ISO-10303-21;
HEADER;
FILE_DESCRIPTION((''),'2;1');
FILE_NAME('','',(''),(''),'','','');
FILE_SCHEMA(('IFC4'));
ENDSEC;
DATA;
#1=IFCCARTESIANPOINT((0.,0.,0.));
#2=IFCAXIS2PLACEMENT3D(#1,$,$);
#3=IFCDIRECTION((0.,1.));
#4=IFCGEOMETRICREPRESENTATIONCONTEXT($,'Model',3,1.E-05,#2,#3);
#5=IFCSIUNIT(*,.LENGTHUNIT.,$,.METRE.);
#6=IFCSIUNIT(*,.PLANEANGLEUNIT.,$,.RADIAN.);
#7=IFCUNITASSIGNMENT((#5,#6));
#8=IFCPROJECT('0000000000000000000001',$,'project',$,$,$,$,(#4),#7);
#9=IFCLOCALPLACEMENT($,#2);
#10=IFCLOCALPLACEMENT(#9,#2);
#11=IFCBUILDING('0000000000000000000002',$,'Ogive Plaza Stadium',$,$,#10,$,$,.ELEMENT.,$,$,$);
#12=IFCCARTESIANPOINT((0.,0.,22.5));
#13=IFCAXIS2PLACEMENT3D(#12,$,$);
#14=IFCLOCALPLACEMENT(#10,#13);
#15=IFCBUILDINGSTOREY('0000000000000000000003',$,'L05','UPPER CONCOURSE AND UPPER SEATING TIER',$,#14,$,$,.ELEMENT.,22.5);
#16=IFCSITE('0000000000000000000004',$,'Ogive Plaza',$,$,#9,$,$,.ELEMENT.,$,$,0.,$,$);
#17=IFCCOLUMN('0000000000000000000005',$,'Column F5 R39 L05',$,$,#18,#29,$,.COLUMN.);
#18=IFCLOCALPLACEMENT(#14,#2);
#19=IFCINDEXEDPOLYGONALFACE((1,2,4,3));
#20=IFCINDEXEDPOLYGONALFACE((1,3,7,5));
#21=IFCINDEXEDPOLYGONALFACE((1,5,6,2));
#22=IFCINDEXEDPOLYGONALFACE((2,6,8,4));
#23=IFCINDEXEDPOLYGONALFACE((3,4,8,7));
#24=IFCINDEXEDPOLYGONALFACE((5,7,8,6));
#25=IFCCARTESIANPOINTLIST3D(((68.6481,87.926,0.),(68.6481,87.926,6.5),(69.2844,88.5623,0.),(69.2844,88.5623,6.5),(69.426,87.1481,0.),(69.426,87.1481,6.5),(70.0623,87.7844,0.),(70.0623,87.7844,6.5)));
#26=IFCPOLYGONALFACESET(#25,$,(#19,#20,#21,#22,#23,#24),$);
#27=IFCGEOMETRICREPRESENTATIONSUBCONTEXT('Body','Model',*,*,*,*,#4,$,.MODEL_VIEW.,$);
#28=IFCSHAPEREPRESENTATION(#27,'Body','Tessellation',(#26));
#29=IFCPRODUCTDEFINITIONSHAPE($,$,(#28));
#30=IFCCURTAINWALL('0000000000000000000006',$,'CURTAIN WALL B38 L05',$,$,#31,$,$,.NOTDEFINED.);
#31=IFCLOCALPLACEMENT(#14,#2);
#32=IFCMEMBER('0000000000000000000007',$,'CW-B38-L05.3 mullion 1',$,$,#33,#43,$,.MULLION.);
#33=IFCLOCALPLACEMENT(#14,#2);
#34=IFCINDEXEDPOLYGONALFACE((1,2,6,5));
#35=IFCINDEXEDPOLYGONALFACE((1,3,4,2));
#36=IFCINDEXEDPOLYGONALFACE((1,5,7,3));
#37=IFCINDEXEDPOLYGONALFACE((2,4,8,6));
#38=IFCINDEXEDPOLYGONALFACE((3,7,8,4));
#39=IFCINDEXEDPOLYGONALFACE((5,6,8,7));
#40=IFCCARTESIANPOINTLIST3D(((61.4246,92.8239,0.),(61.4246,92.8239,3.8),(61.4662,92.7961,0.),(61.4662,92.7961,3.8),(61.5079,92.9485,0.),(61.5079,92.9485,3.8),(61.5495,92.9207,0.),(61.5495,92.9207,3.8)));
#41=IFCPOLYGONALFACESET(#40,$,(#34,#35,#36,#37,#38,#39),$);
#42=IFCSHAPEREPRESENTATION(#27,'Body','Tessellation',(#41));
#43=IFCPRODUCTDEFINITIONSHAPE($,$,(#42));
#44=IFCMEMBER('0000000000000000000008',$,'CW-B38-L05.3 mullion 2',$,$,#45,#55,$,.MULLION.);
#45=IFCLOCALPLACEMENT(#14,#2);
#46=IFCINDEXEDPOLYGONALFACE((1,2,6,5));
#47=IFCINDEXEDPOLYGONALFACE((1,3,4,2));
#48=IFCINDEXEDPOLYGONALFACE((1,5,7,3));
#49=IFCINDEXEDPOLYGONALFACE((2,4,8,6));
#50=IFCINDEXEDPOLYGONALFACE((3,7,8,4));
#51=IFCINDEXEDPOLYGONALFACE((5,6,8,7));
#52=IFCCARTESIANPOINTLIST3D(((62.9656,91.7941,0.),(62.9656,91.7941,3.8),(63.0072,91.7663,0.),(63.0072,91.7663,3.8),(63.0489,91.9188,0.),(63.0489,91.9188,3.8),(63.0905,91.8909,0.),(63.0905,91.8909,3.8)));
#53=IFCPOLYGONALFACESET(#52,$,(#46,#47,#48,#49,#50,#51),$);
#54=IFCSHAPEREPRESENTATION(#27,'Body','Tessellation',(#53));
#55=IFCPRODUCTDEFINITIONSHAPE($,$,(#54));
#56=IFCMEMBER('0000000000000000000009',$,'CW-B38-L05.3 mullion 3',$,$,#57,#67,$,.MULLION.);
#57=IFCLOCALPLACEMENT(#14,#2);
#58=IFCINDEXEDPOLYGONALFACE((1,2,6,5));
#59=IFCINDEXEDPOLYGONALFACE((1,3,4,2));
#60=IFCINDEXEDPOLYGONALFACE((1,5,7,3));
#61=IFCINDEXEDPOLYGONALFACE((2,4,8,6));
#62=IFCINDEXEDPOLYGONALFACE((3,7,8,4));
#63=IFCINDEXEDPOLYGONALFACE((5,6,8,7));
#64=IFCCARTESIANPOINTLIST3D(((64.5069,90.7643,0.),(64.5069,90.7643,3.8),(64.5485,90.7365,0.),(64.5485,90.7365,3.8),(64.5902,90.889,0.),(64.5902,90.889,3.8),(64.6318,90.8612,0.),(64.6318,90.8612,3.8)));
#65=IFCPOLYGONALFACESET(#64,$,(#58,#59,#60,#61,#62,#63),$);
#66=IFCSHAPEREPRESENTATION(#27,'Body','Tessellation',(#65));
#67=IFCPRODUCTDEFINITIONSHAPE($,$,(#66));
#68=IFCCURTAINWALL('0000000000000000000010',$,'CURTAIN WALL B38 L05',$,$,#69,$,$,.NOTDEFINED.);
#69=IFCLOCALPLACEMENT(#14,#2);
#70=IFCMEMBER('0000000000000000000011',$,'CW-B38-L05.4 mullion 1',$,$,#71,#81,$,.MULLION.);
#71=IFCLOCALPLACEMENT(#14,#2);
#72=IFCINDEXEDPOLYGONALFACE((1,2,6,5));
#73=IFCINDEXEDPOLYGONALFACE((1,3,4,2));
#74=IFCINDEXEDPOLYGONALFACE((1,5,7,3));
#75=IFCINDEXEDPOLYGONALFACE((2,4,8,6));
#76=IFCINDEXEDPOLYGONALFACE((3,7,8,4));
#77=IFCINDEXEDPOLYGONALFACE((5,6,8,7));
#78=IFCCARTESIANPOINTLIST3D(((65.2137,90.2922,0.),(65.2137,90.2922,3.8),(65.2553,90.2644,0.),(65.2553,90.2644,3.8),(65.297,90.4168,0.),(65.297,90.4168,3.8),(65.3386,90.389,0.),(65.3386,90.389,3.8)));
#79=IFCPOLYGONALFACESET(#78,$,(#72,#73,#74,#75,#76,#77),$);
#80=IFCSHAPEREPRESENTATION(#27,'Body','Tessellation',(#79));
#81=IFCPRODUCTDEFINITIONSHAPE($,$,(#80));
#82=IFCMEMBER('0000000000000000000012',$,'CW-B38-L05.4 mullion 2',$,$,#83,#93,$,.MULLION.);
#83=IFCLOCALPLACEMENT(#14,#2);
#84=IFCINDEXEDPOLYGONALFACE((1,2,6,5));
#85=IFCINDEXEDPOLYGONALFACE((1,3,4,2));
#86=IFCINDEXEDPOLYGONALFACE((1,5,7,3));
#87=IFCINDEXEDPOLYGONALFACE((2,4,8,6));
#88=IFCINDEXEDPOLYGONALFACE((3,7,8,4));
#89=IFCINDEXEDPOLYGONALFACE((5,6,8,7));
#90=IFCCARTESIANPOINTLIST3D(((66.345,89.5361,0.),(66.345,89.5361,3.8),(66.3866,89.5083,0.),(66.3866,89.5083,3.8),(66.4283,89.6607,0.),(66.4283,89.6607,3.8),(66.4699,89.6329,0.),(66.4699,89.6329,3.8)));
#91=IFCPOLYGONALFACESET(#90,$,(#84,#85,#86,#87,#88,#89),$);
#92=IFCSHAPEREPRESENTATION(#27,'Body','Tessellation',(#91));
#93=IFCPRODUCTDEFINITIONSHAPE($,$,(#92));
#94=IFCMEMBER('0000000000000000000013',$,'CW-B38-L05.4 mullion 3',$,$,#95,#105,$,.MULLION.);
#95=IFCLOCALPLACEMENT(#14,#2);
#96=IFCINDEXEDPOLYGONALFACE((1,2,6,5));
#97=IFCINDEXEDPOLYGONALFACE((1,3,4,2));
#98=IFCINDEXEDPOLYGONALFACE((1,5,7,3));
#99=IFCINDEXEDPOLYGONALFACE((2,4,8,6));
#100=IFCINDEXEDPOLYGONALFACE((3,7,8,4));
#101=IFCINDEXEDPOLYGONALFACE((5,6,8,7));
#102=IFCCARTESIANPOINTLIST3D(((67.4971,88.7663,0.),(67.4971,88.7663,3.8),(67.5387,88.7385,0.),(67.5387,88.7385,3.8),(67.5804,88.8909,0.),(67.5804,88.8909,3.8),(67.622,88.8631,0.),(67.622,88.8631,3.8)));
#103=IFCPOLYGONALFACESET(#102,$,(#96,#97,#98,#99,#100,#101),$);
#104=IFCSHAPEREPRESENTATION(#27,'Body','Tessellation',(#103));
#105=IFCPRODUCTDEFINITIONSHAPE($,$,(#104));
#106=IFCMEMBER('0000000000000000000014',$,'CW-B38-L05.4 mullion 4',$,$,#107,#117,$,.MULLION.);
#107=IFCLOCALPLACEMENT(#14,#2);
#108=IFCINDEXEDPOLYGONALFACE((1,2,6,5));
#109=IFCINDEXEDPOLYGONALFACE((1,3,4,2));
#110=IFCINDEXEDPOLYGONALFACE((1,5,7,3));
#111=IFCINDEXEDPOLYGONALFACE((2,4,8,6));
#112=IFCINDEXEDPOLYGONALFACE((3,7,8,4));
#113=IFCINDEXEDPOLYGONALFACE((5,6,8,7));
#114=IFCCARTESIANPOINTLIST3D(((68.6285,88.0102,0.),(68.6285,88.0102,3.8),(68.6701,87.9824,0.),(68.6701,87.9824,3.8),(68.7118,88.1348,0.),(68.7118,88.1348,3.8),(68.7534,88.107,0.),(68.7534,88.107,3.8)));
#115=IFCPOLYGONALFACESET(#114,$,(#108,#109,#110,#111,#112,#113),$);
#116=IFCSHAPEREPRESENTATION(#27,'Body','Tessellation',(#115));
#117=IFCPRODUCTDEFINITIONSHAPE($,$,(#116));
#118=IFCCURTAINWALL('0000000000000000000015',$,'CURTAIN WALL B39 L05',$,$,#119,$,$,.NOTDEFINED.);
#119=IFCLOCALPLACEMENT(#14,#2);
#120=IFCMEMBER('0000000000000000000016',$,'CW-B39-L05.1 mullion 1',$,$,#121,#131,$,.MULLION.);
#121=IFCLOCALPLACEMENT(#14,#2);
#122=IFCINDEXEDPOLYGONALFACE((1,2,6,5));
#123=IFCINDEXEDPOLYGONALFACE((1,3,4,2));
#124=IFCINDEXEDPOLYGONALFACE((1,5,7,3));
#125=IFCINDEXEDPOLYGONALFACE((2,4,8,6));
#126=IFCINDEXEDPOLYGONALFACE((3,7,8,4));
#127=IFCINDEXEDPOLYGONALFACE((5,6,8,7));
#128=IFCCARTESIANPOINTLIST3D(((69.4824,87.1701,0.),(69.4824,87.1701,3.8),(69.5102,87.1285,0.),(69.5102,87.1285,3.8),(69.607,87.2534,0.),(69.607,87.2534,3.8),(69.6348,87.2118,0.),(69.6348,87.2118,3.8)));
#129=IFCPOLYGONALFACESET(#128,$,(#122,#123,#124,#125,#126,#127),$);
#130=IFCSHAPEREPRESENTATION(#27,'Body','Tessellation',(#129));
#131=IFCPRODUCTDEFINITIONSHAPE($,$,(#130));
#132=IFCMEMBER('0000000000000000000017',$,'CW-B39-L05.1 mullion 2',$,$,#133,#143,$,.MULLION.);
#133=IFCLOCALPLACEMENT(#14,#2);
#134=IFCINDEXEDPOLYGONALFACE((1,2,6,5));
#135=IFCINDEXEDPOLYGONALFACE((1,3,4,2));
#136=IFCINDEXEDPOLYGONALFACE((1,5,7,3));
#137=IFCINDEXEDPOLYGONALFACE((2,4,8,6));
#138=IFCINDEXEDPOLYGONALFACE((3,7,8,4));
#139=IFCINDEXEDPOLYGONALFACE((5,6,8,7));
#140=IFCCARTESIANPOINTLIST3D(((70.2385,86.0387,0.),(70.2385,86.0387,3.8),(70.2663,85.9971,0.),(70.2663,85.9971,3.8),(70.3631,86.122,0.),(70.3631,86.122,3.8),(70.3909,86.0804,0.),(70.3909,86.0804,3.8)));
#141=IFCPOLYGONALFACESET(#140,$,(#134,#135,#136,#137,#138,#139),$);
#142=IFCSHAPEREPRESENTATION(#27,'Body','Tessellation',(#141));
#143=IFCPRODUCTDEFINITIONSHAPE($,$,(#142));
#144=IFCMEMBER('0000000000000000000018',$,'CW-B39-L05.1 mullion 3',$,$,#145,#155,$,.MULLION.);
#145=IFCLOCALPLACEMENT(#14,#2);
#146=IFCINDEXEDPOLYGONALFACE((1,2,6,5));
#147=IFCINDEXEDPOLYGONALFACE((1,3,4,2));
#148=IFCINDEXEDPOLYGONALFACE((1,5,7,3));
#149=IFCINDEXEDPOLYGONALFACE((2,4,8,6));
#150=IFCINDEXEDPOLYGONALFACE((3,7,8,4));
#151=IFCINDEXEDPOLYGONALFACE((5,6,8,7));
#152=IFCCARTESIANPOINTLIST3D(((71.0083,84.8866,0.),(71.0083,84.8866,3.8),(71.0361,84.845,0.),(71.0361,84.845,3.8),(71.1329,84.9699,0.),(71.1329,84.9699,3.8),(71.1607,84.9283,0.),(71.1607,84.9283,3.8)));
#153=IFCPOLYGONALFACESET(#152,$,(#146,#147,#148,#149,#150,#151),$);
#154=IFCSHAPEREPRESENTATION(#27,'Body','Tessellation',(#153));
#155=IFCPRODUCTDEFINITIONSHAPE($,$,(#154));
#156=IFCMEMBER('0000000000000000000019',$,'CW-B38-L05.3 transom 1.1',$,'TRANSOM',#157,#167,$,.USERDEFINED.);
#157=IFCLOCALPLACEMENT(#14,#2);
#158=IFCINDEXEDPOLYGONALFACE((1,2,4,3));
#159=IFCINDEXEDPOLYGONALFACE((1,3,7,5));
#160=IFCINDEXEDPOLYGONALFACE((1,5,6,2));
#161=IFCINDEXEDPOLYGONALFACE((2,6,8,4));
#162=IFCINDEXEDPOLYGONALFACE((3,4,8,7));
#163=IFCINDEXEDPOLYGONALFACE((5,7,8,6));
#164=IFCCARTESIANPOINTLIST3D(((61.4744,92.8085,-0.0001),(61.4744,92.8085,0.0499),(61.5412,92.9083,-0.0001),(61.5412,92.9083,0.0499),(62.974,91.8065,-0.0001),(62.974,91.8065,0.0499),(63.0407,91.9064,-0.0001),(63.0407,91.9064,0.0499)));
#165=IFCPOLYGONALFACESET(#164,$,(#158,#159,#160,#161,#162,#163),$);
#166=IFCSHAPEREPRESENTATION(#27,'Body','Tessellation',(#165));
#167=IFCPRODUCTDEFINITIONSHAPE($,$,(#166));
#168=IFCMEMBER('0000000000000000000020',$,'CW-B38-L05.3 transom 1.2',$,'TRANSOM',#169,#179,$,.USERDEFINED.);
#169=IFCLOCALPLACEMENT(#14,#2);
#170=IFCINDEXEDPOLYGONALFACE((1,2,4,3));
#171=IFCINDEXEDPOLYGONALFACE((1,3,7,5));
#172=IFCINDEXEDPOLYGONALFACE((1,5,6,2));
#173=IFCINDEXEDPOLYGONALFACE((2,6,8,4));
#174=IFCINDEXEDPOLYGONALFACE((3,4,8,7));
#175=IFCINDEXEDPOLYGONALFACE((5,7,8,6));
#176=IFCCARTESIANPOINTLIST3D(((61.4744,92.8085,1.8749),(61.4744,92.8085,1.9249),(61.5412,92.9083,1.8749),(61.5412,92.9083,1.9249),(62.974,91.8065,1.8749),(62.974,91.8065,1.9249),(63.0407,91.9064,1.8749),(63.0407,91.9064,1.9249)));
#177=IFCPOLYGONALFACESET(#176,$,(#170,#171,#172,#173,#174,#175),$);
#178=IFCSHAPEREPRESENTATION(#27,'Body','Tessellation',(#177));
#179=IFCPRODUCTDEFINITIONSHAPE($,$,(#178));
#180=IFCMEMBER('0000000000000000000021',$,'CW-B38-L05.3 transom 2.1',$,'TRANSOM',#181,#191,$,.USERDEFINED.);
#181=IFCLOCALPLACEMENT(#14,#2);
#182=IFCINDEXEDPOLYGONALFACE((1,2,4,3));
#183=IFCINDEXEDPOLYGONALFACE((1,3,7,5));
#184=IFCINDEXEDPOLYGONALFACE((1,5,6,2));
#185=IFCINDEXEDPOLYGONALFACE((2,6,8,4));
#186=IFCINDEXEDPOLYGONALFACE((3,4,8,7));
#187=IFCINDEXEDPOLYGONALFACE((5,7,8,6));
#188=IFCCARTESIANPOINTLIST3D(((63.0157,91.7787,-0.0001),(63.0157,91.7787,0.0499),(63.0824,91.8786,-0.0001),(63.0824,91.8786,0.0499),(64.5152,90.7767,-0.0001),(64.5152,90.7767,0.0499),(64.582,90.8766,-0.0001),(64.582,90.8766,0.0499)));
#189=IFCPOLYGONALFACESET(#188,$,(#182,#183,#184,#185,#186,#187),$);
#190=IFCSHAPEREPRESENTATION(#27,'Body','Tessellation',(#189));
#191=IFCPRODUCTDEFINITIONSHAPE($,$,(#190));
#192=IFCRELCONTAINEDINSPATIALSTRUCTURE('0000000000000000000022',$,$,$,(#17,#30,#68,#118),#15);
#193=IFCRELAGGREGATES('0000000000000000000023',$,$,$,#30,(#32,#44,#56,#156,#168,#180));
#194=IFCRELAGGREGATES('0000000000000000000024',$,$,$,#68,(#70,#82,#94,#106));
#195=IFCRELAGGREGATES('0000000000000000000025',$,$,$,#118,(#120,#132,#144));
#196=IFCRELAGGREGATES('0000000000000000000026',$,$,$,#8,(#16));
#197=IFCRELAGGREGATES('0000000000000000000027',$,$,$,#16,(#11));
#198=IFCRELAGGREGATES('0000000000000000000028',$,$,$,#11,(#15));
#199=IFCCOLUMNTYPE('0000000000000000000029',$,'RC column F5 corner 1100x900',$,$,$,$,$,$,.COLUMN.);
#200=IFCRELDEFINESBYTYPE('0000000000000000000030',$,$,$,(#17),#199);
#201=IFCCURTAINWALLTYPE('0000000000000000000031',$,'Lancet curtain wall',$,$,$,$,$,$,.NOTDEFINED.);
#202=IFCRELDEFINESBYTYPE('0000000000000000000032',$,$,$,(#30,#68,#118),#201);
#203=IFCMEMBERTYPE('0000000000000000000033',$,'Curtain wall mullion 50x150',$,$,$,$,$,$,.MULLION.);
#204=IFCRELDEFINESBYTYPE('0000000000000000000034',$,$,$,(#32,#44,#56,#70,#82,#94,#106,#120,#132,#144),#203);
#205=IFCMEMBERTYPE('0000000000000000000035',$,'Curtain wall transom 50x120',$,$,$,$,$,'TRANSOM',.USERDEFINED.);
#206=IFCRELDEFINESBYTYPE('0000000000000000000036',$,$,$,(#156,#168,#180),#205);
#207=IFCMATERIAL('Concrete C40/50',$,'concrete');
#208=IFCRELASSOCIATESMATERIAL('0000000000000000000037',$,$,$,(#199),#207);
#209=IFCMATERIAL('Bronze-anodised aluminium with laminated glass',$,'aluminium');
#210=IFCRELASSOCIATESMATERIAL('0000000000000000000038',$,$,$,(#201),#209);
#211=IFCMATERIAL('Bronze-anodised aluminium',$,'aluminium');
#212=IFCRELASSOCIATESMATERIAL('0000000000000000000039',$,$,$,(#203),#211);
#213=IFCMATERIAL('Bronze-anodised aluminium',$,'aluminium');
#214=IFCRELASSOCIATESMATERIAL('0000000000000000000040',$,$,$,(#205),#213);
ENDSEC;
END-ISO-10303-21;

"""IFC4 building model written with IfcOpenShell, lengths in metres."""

from ifc_helpers import new_model, si_unit, direction, frame, origin, origin_2d, place, context, subcontext, project, spatial, rectangle, extrude, material, material_profile, profile_set, type_object, element, aggregate, save


model = new_model("IFC4")

# Units and contexts
model_context = context("Model", 3, precision=1e-05, world=origin(), true_north=direction((0.0, 1.0)))
body_context = subcontext(model_context, "Body", "Model", "MODEL_VIEW")
ifc_project = project(units=[si_unit("LENGTHUNIT", "METRE"), si_unit("PLANEANGLEUNIT", "RADIAN")], contexts=[model_context])

# Site, building, storey
site_placement = place(None, origin())
site = spatial("IfcSite", under=ifc_project, at=site_placement, Name="Ogive Plaza", CompositionType="ELEMENT", RefElevation=0.0)
building_placement = place(site_placement, origin())
building = spatial("IfcBuilding", under=site, at=building_placement, Name="Ogive Plaza Stadium", CompositionType="ELEMENT")
storey_placement = place(building_placement, frame((0.0, 0.0, 22.5)))
storey = spatial("IfcBuildingStorey", under=building, at=storey_placement, Name="L05", Description="UPPER CONCOURSE AND UPPER SEATING TIER", CompositionType="ELEMENT", Elevation=22.5)

# Column
ifc_material_1 = material(Name="Concrete C40/50", Category="concrete")
ifc_material_profile_1 = material_profile(ifc_material_1, rectangle(XDim=1.1001, YDim=0.8999, at=origin_2d()), Name="RC 1100x900")
ifc_profile_set_1 = profile_set([ifc_material_profile_1], Name="Concrete C40/50")
column_type = type_object("IfcColumnType", Name="RC column F5 corner 1100x900", PredefinedType="COLUMN", material=ifc_profile_set_1)
column_placement = place(storey_placement, frame((69.3552, 87.8552, 0.0), z_axis=(0.0, 0.0, 1.0), x_axis=(-0.707107, 0.707107, 0.0)))
element("IfcColumn", 1, at=column_placement, inside=storey, type_object=column_type, Name="Column F5 R39 L05", PredefinedType="COLUMN", context=body_context, shape_type="SweptSolid", body=[
    extrude(rectangle(XDim=1.1001, YDim=0.8999, at=origin_2d()), origin(), (0.0, 0.0, 1.0), 6.5),
])

# Curtain walls, members
ifc_material_2 = material(Name="Bronze-anodised aluminium with laminated glass", Category="aluminium")
curtain_wall_type = type_object("IfcCurtainWallType", Name="Lancet curtain wall", PredefinedType="NOTDEFINED", material=ifc_material_2)
curtain_wall_1_placement = place(storey_placement, origin())
curtain_wall_1 = element("IfcCurtainWall", 2, at=curtain_wall_1_placement, inside=storey, type_object=curtain_wall_type, Name="CURTAIN WALL B38 L05", PredefinedType="NOTDEFINED")
ifc_material_3 = material(Name="Bronze-anodised aluminium", Category="aluminium")
ifc_material_profile_2 = material_profile(ifc_material_3, rectangle(XDim=0.1499, YDim=0.05, at=origin_2d()), Name="AL 150x50")
ifc_profile_set_2 = profile_set([ifc_material_profile_2], Name="Bronze-anodised aluminium")
member_type_1 = type_object("IfcMemberType", Name="Curtain wall mullion 50x150", PredefinedType="MULLION", material=ifc_profile_set_2)
member_1_placement = place(storey_placement, frame((61.4871, 92.8723, 0.0), z_axis=(0.0, 0.0, 1.0), x_axis=(0.55557, 0.83147, 0.0)))
member_1 = element("IfcMember", 3, at=member_1_placement, type_object=member_type_1, Name="CW-B38-L05.3 mullion 1", PredefinedType="MULLION", context=body_context, shape_type="SweptSolid", body=[
    extrude(rectangle(XDim=0.1499, YDim=0.05, at=origin_2d()), origin(), (0.0, 0.0, 1.0), 3.8),
])
member_2_placement = place(storey_placement, frame((63.0281, 91.8425, 0.0), z_axis=(0.0, 0.0, 1.0), x_axis=(0.55557, 0.83147, 0.0)))
member_2 = element("IfcMember", 4, at=member_2_placement, type_object=member_type_1, Name="CW-B38-L05.3 mullion 2", PredefinedType="MULLION", context=body_context, shape_type="SweptSolid", body=[
    extrude(rectangle(XDim=0.1499, YDim=0.05, at=origin_2d()), origin(), (0.0, 0.0, 1.0), 3.8),
])
member_3_placement = place(storey_placement, frame((64.5693, 90.8127, 0.0), z_axis=(0.0, 0.0, 1.0), x_axis=(0.55557, 0.83147, 0.0)))
member_3 = element("IfcMember", 5, at=member_3_placement, type_object=member_type_1, Name="CW-B38-L05.3 mullion 3", PredefinedType="MULLION", context=body_context, shape_type="SweptSolid", body=[
    extrude(rectangle(XDim=0.1499, YDim=0.05, at=origin_2d()), origin(), (0.0, 0.0, 1.0), 3.8),
])
curtain_wall_2_placement = place(storey_placement, origin())
curtain_wall_2 = element("IfcCurtainWall", 6, at=curtain_wall_2_placement, inside=storey, type_object=curtain_wall_type, Name="CURTAIN WALL B38 L05", PredefinedType="NOTDEFINED")
member_4_placement = place(storey_placement, frame((65.2761, 90.3406, 0.0), z_axis=(0.0, 0.0, 1.0), x_axis=(0.55557, 0.83147, 0.0)))
member_4 = element("IfcMember", 7, at=member_4_placement, type_object=member_type_1, Name="CW-B38-L05.4 mullion 1", PredefinedType="MULLION", context=body_context, shape_type="SweptSolid", body=[
    extrude(rectangle(XDim=0.1499, YDim=0.05, at=origin_2d()), origin(), (0.0, 0.0, 1.0), 3.8),
])
member_5_placement = place(storey_placement, frame((66.4075, 89.5845, 0.0), z_axis=(0.0, 0.0, 1.0), x_axis=(0.55557, 0.83147, 0.0)))
member_5 = element("IfcMember", 8, at=member_5_placement, type_object=member_type_1, Name="CW-B38-L05.4 mullion 2", PredefinedType="MULLION", context=body_context, shape_type="SweptSolid", body=[
    extrude(rectangle(XDim=0.1499, YDim=0.05, at=origin_2d()), origin(), (0.0, 0.0, 1.0), 3.8),
])
member_6_placement = place(storey_placement, frame((67.5596, 88.8147, 0.0), z_axis=(0.0, 0.0, 1.0), x_axis=(0.55557, 0.83147, 0.0)))
member_6 = element("IfcMember", 9, at=member_6_placement, type_object=member_type_1, Name="CW-B38-L05.4 mullion 3", PredefinedType="MULLION", context=body_context, shape_type="SweptSolid", body=[
    extrude(rectangle(XDim=0.1499, YDim=0.05, at=origin_2d()), origin(), (0.0, 0.0, 1.0), 3.8),
])
member_7_placement = place(storey_placement, frame((68.6909, 88.0586, 0.0), z_axis=(0.0, 0.0, 1.0), x_axis=(0.55557, 0.83147, 0.0)))
member_7 = element("IfcMember", 10, at=member_7_placement, type_object=member_type_1, Name="CW-B38-L05.4 mullion 4", PredefinedType="MULLION", context=body_context, shape_type="SweptSolid", body=[
    extrude(rectangle(XDim=0.1499, YDim=0.05, at=origin_2d()), origin(), (0.0, 0.0, 1.0), 3.8),
])
curtain_wall_3_placement = place(storey_placement, origin())
curtain_wall_3 = element("IfcCurtainWall", 11, at=curtain_wall_3_placement, inside=storey, type_object=curtain_wall_type, Name="CURTAIN WALL B39 L05", PredefinedType="NOTDEFINED")
member_8_placement = place(storey_placement, frame((69.5586, 87.1909, 0.0), z_axis=(0.0, 0.0, 1.0), x_axis=(0.83147, 0.55557, 0.0)))
member_8 = element("IfcMember", 12, at=member_8_placement, type_object=member_type_1, Name="CW-B39-L05.1 mullion 1", PredefinedType="MULLION", context=body_context, shape_type="SweptSolid", body=[
    extrude(rectangle(XDim=0.1499, YDim=0.05, at=origin_2d()), origin(), (0.0, 0.0, 1.0), 3.8),
])
member_9_placement = place(storey_placement, frame((70.3147, 86.0596, 0.0), z_axis=(0.0, 0.0, 1.0), x_axis=(0.83147, 0.55557, 0.0)))
member_9 = element("IfcMember", 13, at=member_9_placement, type_object=member_type_1, Name="CW-B39-L05.1 mullion 2", PredefinedType="MULLION", context=body_context, shape_type="SweptSolid", body=[
    extrude(rectangle(XDim=0.1499, YDim=0.05, at=origin_2d()), origin(), (0.0, 0.0, 1.0), 3.8),
])
member_10_placement = place(storey_placement, frame((71.0845, 84.9075, 0.0), z_axis=(0.0, 0.0, 1.0), x_axis=(0.83147, 0.55557, 0.0)))
member_10 = element("IfcMember", 14, at=member_10_placement, type_object=member_type_1, Name="CW-B39-L05.1 mullion 3", PredefinedType="MULLION", context=body_context, shape_type="SweptSolid", body=[
    extrude(rectangle(XDim=0.1499, YDim=0.05, at=origin_2d()), origin(), (0.0, 0.0, 1.0), 3.8),
])

# Members
ifc_material_4 = material(Name="Bronze-anodised aluminium", Category="aluminium")
ifc_material_profile_3 = material_profile(ifc_material_4, rectangle(XDim=0.1201, YDim=0.05, at=origin_2d()), Name="AL 120x50")
ifc_profile_set_3 = profile_set([ifc_material_profile_3], Name="Bronze-anodised aluminium")
member_type_2 = type_object("IfcMemberType", Name="Curtain wall transom 50x120", ElementType="TRANSOM", PredefinedType="USERDEFINED", material=ifc_profile_set_3)
member_11_placement = place(storey_placement, frame((61.5078, 92.8584, 0.0249), z_axis=(0.831467, -0.555575, 0.0), x_axis=(0.555575, 0.831467, 0.0)))
member_11 = element("IfcMember", 15, at=member_11_placement, type_object=member_type_2, Name="CW-B38-L05.3 transom 1.1", ObjectType="TRANSOM", PredefinedType="USERDEFINED", context=body_context, shape_type="SweptSolid", body=[
    extrude(rectangle(XDim=0.1201, YDim=0.05, at=origin_2d()), origin(), (0.0, 0.0, 1.0), 1.8035),
])
member_12_placement = place(storey_placement, frame((61.5078, 92.8584, 1.8999), z_axis=(0.831467, -0.555575, 0.0), x_axis=(0.555575, 0.831467, 0.0)))
member_12 = element("IfcMember", 16, at=member_12_placement, type_object=member_type_2, Name="CW-B38-L05.3 transom 1.2", ObjectType="TRANSOM", PredefinedType="USERDEFINED", context=body_context, shape_type="SweptSolid", body=[
    extrude(rectangle(XDim=0.1201, YDim=0.05, at=origin_2d()), origin(), (0.0, 0.0, 1.0), 1.8035),
])
member_13_placement = place(storey_placement, frame((63.0491, 91.8286, 0.0249), z_axis=(0.831467, -0.555575, 0.0), x_axis=(0.555575, 0.831467, 0.0)))
member_13 = element("IfcMember", 17, at=member_13_placement, type_object=member_type_2, Name="CW-B38-L05.3 transom 2.1", ObjectType="TRANSOM", PredefinedType="USERDEFINED", context=body_context, shape_type="SweptSolid", body=[
    extrude(rectangle(XDim=0.1201, YDim=0.05, at=origin_2d()), origin(), (0.0, 0.0, 1.0), 1.8035),
])

aggregate(curtain_wall_1, [member_1, member_2, member_3, member_11, member_12, member_13])
aggregate(curtain_wall_2, [member_4, member_5, member_6, member_7])
aggregate(curtain_wall_3, [member_8, member_9, member_10])

save(model, "model.ifc")
